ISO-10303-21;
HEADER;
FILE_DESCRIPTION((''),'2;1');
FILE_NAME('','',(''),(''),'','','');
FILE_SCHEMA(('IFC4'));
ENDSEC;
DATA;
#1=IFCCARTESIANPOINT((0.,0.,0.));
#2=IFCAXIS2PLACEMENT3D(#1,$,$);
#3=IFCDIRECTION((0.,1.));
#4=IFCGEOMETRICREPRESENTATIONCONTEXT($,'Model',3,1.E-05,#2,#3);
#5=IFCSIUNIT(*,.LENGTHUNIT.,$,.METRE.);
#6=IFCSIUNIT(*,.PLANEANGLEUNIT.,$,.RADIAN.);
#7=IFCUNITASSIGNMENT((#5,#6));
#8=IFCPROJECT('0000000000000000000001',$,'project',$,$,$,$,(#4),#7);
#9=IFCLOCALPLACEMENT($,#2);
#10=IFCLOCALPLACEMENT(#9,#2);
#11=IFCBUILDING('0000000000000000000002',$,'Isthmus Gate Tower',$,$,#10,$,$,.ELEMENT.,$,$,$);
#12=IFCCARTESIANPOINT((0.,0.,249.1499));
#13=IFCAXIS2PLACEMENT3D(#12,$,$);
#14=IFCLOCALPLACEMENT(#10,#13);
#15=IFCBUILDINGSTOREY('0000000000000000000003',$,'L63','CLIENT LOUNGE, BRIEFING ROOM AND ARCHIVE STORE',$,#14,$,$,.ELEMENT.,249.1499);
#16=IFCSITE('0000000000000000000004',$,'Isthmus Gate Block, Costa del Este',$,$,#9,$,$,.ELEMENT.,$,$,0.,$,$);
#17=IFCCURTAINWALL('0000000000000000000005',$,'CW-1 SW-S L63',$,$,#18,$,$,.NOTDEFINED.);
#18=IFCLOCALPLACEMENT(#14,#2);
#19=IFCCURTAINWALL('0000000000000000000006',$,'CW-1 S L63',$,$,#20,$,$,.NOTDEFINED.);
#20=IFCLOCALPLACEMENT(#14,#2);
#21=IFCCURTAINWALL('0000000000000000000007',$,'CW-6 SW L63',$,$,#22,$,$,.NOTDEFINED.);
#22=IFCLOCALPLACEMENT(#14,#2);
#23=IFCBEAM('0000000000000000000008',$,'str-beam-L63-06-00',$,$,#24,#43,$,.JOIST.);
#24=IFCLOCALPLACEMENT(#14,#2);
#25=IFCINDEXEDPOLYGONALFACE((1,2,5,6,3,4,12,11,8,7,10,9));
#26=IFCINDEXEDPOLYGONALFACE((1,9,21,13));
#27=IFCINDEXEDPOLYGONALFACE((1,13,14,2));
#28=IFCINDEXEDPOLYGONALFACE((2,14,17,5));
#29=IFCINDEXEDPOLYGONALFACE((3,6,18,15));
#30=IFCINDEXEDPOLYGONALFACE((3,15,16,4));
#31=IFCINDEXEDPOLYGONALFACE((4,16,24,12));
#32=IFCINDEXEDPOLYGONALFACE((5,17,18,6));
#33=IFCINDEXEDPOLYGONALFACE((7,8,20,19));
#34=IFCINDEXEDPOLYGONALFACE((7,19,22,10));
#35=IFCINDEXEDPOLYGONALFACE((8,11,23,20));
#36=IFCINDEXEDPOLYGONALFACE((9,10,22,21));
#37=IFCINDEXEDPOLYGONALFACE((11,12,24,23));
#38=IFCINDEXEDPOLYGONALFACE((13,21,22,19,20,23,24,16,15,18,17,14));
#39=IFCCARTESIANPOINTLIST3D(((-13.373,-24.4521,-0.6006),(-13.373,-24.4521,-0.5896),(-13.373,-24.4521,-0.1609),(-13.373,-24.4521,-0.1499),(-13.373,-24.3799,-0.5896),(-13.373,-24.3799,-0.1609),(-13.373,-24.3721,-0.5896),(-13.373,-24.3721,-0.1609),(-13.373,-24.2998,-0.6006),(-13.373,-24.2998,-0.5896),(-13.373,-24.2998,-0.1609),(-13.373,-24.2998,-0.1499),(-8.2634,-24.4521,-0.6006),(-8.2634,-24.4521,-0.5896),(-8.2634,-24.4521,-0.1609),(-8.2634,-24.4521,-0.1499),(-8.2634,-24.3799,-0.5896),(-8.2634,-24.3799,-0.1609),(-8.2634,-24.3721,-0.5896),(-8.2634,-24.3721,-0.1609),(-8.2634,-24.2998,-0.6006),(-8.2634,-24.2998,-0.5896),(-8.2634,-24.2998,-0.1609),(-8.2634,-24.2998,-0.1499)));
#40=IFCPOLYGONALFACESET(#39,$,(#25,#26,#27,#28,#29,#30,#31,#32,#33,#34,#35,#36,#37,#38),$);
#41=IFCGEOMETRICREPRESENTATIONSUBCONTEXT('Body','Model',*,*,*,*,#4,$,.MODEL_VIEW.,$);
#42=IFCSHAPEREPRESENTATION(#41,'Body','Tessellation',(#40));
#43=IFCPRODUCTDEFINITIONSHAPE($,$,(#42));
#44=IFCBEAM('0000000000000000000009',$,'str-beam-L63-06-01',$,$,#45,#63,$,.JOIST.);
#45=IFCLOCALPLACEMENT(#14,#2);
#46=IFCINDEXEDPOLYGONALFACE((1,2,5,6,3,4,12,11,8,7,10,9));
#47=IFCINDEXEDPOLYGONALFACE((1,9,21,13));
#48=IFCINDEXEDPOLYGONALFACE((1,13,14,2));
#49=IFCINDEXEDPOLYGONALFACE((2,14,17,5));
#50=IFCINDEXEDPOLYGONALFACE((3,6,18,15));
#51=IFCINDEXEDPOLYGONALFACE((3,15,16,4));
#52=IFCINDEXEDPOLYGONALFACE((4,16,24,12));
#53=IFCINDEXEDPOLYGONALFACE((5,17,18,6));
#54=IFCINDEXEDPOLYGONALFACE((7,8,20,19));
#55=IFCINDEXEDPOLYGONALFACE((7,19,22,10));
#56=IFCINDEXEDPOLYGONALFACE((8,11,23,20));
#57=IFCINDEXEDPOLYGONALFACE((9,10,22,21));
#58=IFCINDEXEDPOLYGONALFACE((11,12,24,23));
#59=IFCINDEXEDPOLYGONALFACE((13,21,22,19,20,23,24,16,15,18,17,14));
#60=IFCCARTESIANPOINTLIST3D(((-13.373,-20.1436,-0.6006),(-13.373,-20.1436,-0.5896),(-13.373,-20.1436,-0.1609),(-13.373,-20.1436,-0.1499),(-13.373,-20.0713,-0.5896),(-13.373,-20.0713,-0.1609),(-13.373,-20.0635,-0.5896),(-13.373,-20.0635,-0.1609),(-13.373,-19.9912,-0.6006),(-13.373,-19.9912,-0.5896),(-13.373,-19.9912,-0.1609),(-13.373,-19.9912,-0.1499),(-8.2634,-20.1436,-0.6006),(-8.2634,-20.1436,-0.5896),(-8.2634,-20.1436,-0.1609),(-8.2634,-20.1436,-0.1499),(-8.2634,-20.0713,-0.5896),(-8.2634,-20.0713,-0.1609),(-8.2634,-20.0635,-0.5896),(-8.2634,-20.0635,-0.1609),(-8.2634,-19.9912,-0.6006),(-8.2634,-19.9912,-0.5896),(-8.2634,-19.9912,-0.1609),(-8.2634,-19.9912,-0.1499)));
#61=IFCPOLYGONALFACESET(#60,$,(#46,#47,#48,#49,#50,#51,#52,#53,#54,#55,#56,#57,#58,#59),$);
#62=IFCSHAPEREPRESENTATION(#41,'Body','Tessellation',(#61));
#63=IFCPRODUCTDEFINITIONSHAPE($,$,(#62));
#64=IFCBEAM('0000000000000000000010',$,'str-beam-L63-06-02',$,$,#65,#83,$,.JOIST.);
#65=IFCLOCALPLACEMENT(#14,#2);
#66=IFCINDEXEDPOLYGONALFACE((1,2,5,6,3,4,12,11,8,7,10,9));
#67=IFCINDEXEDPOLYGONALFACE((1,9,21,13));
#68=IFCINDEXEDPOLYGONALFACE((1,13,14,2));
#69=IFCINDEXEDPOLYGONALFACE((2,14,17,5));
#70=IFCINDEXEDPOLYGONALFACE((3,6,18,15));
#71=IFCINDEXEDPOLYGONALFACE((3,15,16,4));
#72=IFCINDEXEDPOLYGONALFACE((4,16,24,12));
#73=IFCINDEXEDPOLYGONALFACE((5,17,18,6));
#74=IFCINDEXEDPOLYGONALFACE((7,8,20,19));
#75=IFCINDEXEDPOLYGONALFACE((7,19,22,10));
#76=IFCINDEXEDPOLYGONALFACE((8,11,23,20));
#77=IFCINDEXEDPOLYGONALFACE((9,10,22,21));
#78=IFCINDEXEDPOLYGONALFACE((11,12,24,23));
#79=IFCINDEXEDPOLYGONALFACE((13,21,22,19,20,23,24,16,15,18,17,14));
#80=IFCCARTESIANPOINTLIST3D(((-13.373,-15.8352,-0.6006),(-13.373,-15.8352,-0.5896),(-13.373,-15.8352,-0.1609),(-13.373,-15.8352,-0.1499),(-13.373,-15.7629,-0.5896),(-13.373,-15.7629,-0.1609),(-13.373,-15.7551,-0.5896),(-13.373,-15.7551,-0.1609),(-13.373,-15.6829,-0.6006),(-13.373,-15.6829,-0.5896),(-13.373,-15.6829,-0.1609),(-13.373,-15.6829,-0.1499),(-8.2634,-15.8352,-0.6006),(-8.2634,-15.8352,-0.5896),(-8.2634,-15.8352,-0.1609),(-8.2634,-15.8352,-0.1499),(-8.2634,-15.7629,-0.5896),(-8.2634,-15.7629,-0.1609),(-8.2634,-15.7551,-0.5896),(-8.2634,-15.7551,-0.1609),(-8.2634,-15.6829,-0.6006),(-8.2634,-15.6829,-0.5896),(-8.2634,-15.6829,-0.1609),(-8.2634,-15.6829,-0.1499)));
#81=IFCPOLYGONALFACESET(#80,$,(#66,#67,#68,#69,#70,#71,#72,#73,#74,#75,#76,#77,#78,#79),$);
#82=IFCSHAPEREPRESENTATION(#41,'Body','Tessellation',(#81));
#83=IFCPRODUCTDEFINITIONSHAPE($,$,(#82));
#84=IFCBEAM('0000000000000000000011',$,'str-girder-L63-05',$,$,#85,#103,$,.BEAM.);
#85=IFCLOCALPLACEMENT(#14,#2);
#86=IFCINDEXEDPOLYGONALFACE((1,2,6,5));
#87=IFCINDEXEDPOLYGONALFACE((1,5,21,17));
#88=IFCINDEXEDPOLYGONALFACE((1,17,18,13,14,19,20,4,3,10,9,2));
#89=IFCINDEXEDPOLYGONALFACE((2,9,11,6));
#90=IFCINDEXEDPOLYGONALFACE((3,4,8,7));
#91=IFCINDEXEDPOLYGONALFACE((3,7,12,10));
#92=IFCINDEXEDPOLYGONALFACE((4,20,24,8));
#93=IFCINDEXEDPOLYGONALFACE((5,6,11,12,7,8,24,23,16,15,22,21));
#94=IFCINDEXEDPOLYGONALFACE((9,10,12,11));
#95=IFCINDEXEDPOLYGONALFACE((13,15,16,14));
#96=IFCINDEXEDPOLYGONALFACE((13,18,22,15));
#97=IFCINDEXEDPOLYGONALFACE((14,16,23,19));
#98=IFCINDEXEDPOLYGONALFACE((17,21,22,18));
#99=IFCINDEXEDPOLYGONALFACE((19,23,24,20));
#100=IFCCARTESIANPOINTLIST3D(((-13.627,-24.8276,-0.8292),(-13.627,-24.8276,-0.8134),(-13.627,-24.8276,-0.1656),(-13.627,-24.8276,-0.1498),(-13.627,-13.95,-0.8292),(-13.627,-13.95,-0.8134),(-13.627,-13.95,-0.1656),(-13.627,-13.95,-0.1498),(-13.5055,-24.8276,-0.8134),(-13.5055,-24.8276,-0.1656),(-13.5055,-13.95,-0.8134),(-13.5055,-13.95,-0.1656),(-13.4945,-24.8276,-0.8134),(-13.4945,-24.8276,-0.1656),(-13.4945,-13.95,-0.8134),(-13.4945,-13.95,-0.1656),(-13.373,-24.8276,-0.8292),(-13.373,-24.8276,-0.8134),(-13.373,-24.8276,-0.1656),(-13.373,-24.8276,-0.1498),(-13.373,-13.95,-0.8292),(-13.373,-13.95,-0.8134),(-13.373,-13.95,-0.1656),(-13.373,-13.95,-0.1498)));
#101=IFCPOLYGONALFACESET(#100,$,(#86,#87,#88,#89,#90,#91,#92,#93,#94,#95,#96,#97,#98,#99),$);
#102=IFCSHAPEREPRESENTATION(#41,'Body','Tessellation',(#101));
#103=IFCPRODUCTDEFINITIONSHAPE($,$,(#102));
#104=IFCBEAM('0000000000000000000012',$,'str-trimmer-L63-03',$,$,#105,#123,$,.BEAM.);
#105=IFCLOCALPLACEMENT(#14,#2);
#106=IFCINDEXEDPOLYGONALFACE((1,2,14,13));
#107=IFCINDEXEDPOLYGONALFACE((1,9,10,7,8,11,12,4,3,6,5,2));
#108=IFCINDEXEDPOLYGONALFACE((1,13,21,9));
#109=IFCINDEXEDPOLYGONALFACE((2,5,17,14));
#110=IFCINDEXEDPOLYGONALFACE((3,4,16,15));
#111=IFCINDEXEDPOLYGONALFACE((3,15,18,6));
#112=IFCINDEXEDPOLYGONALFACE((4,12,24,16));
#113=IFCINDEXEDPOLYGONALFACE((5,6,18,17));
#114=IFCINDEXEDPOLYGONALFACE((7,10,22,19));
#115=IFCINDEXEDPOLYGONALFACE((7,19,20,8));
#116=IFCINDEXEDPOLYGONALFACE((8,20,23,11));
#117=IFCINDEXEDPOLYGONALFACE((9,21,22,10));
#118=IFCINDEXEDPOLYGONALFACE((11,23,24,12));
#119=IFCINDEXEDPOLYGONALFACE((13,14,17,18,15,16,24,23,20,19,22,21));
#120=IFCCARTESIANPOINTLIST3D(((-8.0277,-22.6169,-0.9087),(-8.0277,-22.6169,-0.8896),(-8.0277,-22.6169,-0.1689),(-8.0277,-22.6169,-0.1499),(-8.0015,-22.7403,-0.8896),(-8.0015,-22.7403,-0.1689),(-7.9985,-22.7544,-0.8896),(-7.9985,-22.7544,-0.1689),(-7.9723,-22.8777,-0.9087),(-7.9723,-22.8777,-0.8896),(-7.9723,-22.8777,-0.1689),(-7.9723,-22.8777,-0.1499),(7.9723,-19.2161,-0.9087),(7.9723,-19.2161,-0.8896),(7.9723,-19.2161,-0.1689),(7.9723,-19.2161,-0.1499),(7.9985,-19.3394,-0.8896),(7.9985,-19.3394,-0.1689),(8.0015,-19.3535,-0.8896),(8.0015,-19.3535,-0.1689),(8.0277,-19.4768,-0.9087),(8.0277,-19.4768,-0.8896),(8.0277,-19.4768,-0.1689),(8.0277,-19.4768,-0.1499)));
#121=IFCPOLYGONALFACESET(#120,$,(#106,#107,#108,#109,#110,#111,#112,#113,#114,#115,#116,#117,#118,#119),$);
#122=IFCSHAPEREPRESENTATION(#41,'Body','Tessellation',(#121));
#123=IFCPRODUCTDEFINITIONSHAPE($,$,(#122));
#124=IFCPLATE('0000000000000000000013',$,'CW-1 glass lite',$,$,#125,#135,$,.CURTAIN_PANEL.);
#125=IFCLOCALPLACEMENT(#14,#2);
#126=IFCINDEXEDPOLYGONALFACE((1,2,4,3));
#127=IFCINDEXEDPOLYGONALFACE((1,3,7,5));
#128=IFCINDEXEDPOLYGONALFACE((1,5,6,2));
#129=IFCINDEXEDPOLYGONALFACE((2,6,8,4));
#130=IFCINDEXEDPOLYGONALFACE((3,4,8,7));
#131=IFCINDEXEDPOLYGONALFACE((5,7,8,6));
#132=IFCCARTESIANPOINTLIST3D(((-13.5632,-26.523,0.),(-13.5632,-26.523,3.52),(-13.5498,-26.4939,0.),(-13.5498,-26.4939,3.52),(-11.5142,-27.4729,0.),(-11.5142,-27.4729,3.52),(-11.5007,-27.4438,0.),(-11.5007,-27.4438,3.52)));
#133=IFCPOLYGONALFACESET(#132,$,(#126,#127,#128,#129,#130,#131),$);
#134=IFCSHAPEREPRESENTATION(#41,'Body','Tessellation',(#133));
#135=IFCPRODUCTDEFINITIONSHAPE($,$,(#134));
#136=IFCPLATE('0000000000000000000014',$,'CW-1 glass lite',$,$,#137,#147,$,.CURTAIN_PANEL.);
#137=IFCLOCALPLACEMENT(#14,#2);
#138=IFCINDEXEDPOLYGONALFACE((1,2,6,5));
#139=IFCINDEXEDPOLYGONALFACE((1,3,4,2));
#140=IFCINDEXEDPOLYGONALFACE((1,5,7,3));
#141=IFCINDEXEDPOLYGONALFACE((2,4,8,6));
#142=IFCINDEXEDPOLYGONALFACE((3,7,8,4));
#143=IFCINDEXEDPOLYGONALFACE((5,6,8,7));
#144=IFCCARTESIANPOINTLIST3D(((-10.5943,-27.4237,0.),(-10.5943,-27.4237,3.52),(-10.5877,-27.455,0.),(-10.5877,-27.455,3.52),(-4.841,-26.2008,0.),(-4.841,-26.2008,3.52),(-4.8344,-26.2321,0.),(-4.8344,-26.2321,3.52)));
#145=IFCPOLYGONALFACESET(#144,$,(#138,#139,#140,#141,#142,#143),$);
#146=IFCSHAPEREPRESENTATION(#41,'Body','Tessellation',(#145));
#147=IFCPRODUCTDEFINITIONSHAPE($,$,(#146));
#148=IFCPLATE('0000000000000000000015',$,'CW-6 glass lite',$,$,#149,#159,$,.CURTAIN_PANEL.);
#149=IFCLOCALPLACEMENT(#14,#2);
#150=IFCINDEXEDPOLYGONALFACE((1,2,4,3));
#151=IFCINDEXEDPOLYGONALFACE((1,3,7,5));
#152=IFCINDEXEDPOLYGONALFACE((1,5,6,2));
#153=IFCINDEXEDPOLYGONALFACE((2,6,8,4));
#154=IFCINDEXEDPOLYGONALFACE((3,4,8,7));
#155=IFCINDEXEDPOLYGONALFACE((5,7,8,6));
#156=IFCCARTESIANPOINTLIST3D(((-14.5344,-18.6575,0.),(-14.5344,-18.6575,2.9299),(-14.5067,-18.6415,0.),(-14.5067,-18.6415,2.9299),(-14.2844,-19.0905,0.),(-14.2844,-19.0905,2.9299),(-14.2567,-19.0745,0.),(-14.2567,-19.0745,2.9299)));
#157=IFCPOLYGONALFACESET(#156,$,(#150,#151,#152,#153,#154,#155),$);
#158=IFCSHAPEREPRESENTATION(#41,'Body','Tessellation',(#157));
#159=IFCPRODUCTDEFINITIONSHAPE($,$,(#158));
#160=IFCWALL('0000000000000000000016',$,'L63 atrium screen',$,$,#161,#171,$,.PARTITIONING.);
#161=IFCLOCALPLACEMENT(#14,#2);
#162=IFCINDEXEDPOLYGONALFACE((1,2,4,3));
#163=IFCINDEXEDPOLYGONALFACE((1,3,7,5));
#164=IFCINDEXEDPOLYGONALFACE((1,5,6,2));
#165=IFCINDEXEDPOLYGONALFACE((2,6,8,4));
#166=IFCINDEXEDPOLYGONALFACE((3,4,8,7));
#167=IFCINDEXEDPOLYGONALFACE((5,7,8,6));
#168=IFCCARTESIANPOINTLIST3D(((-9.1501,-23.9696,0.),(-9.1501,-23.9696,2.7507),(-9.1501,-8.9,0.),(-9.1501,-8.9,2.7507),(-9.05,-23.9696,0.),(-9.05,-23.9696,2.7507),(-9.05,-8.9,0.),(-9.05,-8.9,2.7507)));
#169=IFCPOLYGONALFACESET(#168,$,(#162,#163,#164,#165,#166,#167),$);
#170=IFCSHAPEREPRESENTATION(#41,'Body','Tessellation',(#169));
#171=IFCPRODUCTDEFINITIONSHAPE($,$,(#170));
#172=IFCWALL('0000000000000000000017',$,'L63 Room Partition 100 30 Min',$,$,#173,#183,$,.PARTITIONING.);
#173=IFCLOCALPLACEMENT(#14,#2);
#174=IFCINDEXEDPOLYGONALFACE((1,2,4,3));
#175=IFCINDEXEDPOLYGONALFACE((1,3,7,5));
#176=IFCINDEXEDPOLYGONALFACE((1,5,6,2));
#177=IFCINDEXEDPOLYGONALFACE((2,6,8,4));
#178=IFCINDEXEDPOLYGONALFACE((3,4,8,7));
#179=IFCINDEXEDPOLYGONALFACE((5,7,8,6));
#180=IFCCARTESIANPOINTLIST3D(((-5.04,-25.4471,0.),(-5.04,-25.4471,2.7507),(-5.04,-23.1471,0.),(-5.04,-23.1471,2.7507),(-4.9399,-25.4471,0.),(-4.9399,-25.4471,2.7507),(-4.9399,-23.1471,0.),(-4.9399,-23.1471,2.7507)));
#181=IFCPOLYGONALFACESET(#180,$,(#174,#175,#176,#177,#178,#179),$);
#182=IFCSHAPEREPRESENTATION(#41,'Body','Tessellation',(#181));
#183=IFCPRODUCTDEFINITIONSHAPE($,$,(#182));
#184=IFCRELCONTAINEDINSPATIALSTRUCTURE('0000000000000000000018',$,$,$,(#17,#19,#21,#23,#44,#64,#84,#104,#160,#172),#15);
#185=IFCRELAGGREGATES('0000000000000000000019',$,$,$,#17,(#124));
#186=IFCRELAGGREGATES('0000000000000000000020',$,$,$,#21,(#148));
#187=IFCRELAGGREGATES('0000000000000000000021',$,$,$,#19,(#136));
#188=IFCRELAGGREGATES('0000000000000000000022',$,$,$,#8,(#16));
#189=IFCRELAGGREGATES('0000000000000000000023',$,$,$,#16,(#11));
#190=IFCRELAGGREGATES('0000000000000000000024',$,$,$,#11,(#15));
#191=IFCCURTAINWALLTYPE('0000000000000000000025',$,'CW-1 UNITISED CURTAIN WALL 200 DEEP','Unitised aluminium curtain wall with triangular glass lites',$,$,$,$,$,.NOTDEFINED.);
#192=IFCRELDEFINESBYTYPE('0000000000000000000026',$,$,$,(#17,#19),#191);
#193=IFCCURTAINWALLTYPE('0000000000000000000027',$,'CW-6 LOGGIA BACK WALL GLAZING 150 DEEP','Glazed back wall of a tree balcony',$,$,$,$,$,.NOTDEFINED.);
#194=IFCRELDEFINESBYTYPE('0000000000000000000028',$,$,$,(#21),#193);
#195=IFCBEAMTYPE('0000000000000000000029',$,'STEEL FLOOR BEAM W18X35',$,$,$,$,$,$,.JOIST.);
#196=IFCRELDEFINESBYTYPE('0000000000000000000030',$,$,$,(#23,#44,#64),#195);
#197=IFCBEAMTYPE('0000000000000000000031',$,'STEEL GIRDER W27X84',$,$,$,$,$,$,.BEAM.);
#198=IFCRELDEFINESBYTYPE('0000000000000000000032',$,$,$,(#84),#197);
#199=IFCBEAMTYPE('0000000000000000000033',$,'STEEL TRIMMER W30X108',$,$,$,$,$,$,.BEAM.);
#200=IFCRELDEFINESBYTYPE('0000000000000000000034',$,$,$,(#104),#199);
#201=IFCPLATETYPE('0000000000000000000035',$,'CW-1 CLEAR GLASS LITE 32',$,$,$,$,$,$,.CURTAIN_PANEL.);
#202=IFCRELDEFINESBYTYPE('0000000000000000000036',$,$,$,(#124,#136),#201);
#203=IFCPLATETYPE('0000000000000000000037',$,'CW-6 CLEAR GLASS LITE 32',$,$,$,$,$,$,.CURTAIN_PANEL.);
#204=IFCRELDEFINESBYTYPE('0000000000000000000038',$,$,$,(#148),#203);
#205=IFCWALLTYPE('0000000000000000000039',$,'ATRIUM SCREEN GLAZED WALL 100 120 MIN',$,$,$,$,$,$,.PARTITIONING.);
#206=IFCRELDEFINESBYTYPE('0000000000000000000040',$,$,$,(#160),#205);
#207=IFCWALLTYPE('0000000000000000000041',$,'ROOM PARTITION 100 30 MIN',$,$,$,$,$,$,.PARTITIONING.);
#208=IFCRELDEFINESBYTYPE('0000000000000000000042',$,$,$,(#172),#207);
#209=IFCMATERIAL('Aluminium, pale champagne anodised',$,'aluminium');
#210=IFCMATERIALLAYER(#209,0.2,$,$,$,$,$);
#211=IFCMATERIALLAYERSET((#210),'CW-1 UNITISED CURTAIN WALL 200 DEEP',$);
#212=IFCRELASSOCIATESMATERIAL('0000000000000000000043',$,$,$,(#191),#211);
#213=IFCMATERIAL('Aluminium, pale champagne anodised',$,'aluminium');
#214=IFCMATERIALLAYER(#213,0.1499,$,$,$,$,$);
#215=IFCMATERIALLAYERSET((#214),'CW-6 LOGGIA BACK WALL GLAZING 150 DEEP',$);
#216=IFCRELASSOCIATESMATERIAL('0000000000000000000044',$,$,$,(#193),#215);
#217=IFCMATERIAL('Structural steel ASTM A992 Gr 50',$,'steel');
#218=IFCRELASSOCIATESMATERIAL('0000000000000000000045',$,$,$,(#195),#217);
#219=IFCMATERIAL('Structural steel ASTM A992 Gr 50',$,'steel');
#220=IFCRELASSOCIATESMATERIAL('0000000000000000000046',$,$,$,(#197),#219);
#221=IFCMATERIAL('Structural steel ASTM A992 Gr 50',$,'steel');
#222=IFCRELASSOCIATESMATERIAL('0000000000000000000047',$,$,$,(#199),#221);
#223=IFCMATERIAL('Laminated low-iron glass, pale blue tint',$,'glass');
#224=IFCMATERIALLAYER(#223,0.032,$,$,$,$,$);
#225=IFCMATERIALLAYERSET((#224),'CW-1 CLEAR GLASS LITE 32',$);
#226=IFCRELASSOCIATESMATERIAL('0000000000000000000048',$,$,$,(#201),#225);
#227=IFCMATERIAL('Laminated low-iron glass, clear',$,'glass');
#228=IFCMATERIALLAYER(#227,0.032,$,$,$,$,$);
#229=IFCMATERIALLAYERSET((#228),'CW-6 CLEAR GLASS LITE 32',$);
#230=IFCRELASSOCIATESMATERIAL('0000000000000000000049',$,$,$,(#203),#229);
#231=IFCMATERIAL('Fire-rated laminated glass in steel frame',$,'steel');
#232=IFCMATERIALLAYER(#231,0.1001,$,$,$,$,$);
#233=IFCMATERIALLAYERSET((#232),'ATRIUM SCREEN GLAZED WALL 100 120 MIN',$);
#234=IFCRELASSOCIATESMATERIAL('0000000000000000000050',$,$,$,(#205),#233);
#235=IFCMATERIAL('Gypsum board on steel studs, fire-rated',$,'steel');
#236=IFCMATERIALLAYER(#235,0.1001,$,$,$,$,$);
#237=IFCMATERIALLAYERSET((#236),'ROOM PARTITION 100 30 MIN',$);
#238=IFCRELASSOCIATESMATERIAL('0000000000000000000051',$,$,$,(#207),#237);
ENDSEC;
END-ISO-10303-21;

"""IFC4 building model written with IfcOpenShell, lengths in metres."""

from ifc_helpers import new_model, si_unit, direction, frame, frame_2d, origin, origin_2d, place, context, subcontext, project, spatial, rectangle, i_section, extrude, material, layer, layer_set, material_profile, profile_set, type_object, element, aggregate, save


model = new_model("IFC4")

# Units and contexts
model_context = context("Model", 3, precision=1e-05, world=origin(), true_north=direction((0.0, 1.0)))
body_context = subcontext(model_context, "Body", "Model", "MODEL_VIEW")
ifc_project = project(units=[si_unit("LENGTHUNIT", "METRE"), si_unit("PLANEANGLEUNIT", "RADIAN")], contexts=[model_context])

# Site, building, storey
site_placement = place(None, origin())
site = spatial("IfcSite", under=ifc_project, at=site_placement, Name="Isthmus Gate Block, Costa del Este", CompositionType="ELEMENT", RefElevation=0.0)
building_placement = place(site_placement, origin())
building = spatial("IfcBuilding", under=site, at=building_placement, Name="Isthmus Gate Tower", CompositionType="ELEMENT")
storey_placement = place(building_placement, frame((0.0, 0.0, 249.1499)))
storey = spatial("IfcBuildingStorey", under=building, at=storey_placement, Name="L63", Description="CLIENT LOUNGE, BRIEFING ROOM AND ARCHIVE STORE", CompositionType="ELEMENT", Elevation=249.1499)

# Curtain walls
ifc_material_1 = material(Name="Aluminium, pale champagne anodised", Category="aluminium")
ifc_layer_1 = layer(ifc_material_1, 0.2)
ifc_layer_set_1 = layer_set([ifc_layer_1], Name="CW-1 UNITISED CURTAIN WALL 200 DEEP")
curtain_wall_type_1 = type_object("IfcCurtainWallType", Name="CW-1 UNITISED CURTAIN WALL 200 DEEP", Description="Unitised aluminium curtain wall with triangular glass lites", PredefinedType="NOTDEFINED", material=ifc_layer_set_1)
curtain_wall_1_placement = place(storey_placement, origin())
curtain_wall_1 = element("IfcCurtainWall", 1, at=curtain_wall_1_placement, inside=storey, type_object=curtain_wall_type_1, Name="CW-1 SW-S L63", PredefinedType="NOTDEFINED")
curtain_wall_2_placement = place(storey_placement, origin())
curtain_wall_2 = element("IfcCurtainWall", 2, at=curtain_wall_2_placement, inside=storey, type_object=curtain_wall_type_1, Name="CW-1 S L63", PredefinedType="NOTDEFINED")

# Curtain wall
ifc_material_2 = material(Name="Aluminium, pale champagne anodised", Category="aluminium")
ifc_layer_2 = layer(ifc_material_2, 0.1499)
ifc_layer_set_2 = layer_set([ifc_layer_2], Name="CW-6 LOGGIA BACK WALL GLAZING 150 DEEP")
curtain_wall_type_2 = type_object("IfcCurtainWallType", Name="CW-6 LOGGIA BACK WALL GLAZING 150 DEEP", Description="Glazed back wall of a tree balcony", PredefinedType="NOTDEFINED", material=ifc_layer_set_2)
curtain_wall_3_placement = place(storey_placement, origin())
curtain_wall_3 = element("IfcCurtainWall", 3, at=curtain_wall_3_placement, inside=storey, type_object=curtain_wall_type_2, Name="CW-6 SW L63", PredefinedType="NOTDEFINED")

# Beams
ifc_material_3 = material(Name="Structural steel ASTM A992 Gr 50", Category="steel")
ifc_material_profile_1 = material_profile(ifc_material_3, i_section(OverallWidth=0.1523, OverallDepth=0.4507, WebThickness=0.0078, FlangeThickness=0.011, at=origin_2d()), Name="W18X35")
ifc_profile_set_1 = profile_set([ifc_material_profile_1], Name="Structural steel ASTM A992 Gr 50")
beam_type_1 = type_object("IfcBeamType", Name="STEEL FLOOR BEAM W18X35", PredefinedType="JOIST", material=ifc_profile_set_1)
for number, where, z_axis, x_axis, name in (
    (4, (-13.373, -24.376, -0.3752), (1.0, 0.0, 0.0), (0.0, 1.0, 0.0), "str-beam-L63-06-00"),
    (5, (-13.373, -20.0674, -0.3752), (1.0, 0.0, 0.0), (0.0, 1.0, 0.0), "str-beam-L63-06-01"),
    (6, (-13.373, -15.759, -0.3752), (1.0, 0.0, 0.0), (0.0, 1.0, 0.0), "str-beam-L63-06-02"),
):
    element("IfcBeam", number, at=place(storey_placement, frame(where, z_axis=z_axis, x_axis=x_axis)), inside=storey, type_object=beam_type_1, Name=name, PredefinedType="JOIST", context=body_context, shape_type="SweptSolid", body=[
        extrude(i_section(OverallWidth=0.1523, OverallDepth=0.4507, WebThickness=0.0078, FlangeThickness=0.011, at=origin_2d()), origin(), (0.0, 0.0, 1.0), 5.1096),
    ])
ifc_material_4 = material(Name="Structural steel ASTM A992 Gr 50", Category="steel")
ifc_material_profile_2 = material_profile(ifc_material_4, i_section(OverallWidth=0.2539, OverallDepth=0.6794, WebThickness=0.011, FlangeThickness=0.0159, at=origin_2d()), Name="W27X84")
ifc_profile_set_2 = profile_set([ifc_material_profile_2], Name="Structural steel ASTM A992 Gr 50")
beam_type_2 = type_object("IfcBeamType", Name="STEEL GIRDER W27X84", PredefinedType="BEAM", material=ifc_profile_set_2)
beam_1_placement = place(storey_placement, frame((-13.5, -24.8276, -0.4895), z_axis=(0.0, 1.0, 0.0), x_axis=(-1.0, 0.0, 0.0)))
element("IfcBeam", 7, at=beam_1_placement, inside=storey, type_object=beam_type_2, Name="str-girder-L63-05", PredefinedType="BEAM", context=body_context, shape_type="SweptSolid", body=[
    extrude(i_section(OverallWidth=0.2539, OverallDepth=0.6794, WebThickness=0.011, FlangeThickness=0.0159, at=origin_2d()), origin(), (0.0, 0.0, 1.0), 10.8777),
])
ifc_material_5 = material(Name="Structural steel ASTM A992 Gr 50", Category="steel")
ifc_material_profile_3 = material_profile(ifc_material_5, i_section(OverallWidth=0.2666, OverallDepth=0.7588, WebThickness=0.0144, FlangeThickness=0.019, at=origin_2d()), Name="W30X108")
ifc_profile_set_3 = profile_set([ifc_material_profile_3], Name="Structural steel ASTM A992 Gr 50")
beam_type_3 = type_object("IfcBeamType", Name="STEEL TRIMMER W30X108", PredefinedType="BEAM", material=ifc_profile_set_3)
beam_2_placement = place(storey_placement, frame((-8.0, -22.7473, -0.5293), z_axis=(0.978148, 0.20791, 0.0), x_axis=(-0.20791, 0.978148, 0.0)))
element("IfcBeam", 8, at=beam_2_placement, inside=storey, type_object=beam_type_3, Name="str-trimmer-L63-03", PredefinedType="BEAM", context=body_context, shape_type="SweptSolid", body=[
    extrude(i_section(OverallWidth=0.2666, OverallDepth=0.7588, WebThickness=0.0144, FlangeThickness=0.019, at=origin_2d()), origin(), (0.0, 0.0, 1.0), 16.3574),
])

# Plates
ifc_material_6 = material(Name="Laminated low-iron glass, pale blue tint", Category="glass")
ifc_layer_3 = layer(ifc_material_6, 0.032)
ifc_layer_set_3 = layer_set([ifc_layer_3], Name="CW-1 CLEAR GLASS LITE 32")
plate_type_1 = type_object("IfcPlateType", Name="CW-1 CLEAR GLASS LITE 32", PredefinedType="CURTAIN_PANEL", material=ifc_layer_set_3)
plate_1_placement = place(storey_placement, frame((-12.532, -26.9834, 0.0), z_axis=(0.0, 0.0, 1.0), x_axis=(0.907256, -0.420578, 0.0)))
plate_1 = element("IfcPlate", 9, at=plate_1_placement, type_object=plate_type_1, Name="CW-1 glass lite", PredefinedType="CURTAIN_PANEL", context=body_context, shape_type="SweptSolid", body=[
    extrude(rectangle(XDim=2.2585, YDim=0.032, at=origin_2d()), origin(), (0.0, 0.0, 1.0), 3.52),
])
aggregate(curtain_wall_1, [plate_1])
plate_2_placement = place(storey_placement, frame((-7.7144, -26.8279, 0.0), z_axis=(0.0, 0.0, 1.0), x_axis=(0.978148, 0.207912, 0.0)))
plate_2 = element("IfcPlate", 10, at=plate_2_placement, type_object=plate_type_1, Name="CW-1 glass lite", PredefinedType="CURTAIN_PANEL", context=body_context, shape_type="SweptSolid", body=[
    extrude(rectangle(XDim=5.8818, YDim=0.032, at=origin_2d()), origin(), (0.0, 0.0, 1.0), 3.52),
])
ifc_material_7 = material(Name="Laminated low-iron glass, clear", Category="glass")
ifc_layer_4 = layer(ifc_material_7, 0.032)
ifc_layer_set_4 = layer_set([ifc_layer_4], Name="CW-6 CLEAR GLASS LITE 32")
plate_type_2 = type_object("IfcPlateType", Name="CW-6 CLEAR GLASS LITE 32", PredefinedType="CURTAIN_PANEL", material=ifc_layer_set_4)
plate_3_placement = place(storey_placement, frame((-14.3955, -18.866, 0.0), z_axis=(0.0, 0.0, 1.0), x_axis=(0.5, -0.866025, 0.0)))
plate_3 = element("IfcPlate", 11, at=plate_3_placement, type_object=plate_type_2, Name="CW-6 glass lite", PredefinedType="CURTAIN_PANEL", context=body_context, shape_type="SweptSolid", body=[
    extrude(rectangle(XDim=0.5, YDim=0.032, at=origin_2d()), origin(), (0.0, 0.0, 1.0), 2.9299),
])
aggregate(curtain_wall_3, [plate_3])

# Walls
ifc_material_8 = material(Name="Fire-rated laminated glass in steel frame", Category="steel")
ifc_layer_5 = layer(ifc_material_8, 0.1001)
ifc_layer_set_5 = layer_set([ifc_layer_5], Name="ATRIUM SCREEN GLAZED WALL 100 120 MIN")
wall_type_1 = type_object("IfcWallType", Name="ATRIUM SCREEN GLAZED WALL 100 120 MIN", PredefinedType="PARTITIONING", material=ifc_layer_set_5)
wall_1_placement = place(storey_placement, frame((-9.1001, -23.9695, 0.0), z_axis=(0.0, 0.0, 1.0), x_axis=(0.0, 1.0, 0.0)))
element("IfcWall", 12, at=wall_1_placement, inside=storey, type_object=wall_type_1, Name="L63 atrium screen", PredefinedType="PARTITIONING", context=body_context, shape_type="SweptSolid", body=[
    extrude(rectangle(XDim=15.0696, YDim=0.1001, at=frame_2d((7.5347, 0.0))), origin(), (0.0, 0.0, 1.0), 2.7507),
])
ifc_material_9 = material(Name="Gypsum board on steel studs, fire-rated", Category="steel")
ifc_layer_6 = layer(ifc_material_9, 0.1001)
ifc_layer_set_6 = layer_set([ifc_layer_6], Name="ROOM PARTITION 100 30 MIN")
wall_type_2 = type_object("IfcWallType", Name="ROOM PARTITION 100 30 MIN", PredefinedType="PARTITIONING", material=ifc_layer_set_6)
wall_2_placement = place(storey_placement, frame((-4.99, -25.447, 0.0), z_axis=(0.0, 0.0, 1.0), x_axis=(0.0, 1.0, 0.0)))
element("IfcWall", 13, at=wall_2_placement, inside=storey, type_object=wall_type_2, Name="L63 Room Partition 100 30 Min", PredefinedType="PARTITIONING", context=body_context, shape_type="SweptSolid", body=[
    extrude(rectangle(XDim=2.3, YDim=0.1001, at=frame_2d((1.1499, 0.0))), origin(), (0.0, 0.0, 1.0), 2.7507),
])

aggregate(curtain_wall_2, [plate_2])

save(model, "model.ifc")
